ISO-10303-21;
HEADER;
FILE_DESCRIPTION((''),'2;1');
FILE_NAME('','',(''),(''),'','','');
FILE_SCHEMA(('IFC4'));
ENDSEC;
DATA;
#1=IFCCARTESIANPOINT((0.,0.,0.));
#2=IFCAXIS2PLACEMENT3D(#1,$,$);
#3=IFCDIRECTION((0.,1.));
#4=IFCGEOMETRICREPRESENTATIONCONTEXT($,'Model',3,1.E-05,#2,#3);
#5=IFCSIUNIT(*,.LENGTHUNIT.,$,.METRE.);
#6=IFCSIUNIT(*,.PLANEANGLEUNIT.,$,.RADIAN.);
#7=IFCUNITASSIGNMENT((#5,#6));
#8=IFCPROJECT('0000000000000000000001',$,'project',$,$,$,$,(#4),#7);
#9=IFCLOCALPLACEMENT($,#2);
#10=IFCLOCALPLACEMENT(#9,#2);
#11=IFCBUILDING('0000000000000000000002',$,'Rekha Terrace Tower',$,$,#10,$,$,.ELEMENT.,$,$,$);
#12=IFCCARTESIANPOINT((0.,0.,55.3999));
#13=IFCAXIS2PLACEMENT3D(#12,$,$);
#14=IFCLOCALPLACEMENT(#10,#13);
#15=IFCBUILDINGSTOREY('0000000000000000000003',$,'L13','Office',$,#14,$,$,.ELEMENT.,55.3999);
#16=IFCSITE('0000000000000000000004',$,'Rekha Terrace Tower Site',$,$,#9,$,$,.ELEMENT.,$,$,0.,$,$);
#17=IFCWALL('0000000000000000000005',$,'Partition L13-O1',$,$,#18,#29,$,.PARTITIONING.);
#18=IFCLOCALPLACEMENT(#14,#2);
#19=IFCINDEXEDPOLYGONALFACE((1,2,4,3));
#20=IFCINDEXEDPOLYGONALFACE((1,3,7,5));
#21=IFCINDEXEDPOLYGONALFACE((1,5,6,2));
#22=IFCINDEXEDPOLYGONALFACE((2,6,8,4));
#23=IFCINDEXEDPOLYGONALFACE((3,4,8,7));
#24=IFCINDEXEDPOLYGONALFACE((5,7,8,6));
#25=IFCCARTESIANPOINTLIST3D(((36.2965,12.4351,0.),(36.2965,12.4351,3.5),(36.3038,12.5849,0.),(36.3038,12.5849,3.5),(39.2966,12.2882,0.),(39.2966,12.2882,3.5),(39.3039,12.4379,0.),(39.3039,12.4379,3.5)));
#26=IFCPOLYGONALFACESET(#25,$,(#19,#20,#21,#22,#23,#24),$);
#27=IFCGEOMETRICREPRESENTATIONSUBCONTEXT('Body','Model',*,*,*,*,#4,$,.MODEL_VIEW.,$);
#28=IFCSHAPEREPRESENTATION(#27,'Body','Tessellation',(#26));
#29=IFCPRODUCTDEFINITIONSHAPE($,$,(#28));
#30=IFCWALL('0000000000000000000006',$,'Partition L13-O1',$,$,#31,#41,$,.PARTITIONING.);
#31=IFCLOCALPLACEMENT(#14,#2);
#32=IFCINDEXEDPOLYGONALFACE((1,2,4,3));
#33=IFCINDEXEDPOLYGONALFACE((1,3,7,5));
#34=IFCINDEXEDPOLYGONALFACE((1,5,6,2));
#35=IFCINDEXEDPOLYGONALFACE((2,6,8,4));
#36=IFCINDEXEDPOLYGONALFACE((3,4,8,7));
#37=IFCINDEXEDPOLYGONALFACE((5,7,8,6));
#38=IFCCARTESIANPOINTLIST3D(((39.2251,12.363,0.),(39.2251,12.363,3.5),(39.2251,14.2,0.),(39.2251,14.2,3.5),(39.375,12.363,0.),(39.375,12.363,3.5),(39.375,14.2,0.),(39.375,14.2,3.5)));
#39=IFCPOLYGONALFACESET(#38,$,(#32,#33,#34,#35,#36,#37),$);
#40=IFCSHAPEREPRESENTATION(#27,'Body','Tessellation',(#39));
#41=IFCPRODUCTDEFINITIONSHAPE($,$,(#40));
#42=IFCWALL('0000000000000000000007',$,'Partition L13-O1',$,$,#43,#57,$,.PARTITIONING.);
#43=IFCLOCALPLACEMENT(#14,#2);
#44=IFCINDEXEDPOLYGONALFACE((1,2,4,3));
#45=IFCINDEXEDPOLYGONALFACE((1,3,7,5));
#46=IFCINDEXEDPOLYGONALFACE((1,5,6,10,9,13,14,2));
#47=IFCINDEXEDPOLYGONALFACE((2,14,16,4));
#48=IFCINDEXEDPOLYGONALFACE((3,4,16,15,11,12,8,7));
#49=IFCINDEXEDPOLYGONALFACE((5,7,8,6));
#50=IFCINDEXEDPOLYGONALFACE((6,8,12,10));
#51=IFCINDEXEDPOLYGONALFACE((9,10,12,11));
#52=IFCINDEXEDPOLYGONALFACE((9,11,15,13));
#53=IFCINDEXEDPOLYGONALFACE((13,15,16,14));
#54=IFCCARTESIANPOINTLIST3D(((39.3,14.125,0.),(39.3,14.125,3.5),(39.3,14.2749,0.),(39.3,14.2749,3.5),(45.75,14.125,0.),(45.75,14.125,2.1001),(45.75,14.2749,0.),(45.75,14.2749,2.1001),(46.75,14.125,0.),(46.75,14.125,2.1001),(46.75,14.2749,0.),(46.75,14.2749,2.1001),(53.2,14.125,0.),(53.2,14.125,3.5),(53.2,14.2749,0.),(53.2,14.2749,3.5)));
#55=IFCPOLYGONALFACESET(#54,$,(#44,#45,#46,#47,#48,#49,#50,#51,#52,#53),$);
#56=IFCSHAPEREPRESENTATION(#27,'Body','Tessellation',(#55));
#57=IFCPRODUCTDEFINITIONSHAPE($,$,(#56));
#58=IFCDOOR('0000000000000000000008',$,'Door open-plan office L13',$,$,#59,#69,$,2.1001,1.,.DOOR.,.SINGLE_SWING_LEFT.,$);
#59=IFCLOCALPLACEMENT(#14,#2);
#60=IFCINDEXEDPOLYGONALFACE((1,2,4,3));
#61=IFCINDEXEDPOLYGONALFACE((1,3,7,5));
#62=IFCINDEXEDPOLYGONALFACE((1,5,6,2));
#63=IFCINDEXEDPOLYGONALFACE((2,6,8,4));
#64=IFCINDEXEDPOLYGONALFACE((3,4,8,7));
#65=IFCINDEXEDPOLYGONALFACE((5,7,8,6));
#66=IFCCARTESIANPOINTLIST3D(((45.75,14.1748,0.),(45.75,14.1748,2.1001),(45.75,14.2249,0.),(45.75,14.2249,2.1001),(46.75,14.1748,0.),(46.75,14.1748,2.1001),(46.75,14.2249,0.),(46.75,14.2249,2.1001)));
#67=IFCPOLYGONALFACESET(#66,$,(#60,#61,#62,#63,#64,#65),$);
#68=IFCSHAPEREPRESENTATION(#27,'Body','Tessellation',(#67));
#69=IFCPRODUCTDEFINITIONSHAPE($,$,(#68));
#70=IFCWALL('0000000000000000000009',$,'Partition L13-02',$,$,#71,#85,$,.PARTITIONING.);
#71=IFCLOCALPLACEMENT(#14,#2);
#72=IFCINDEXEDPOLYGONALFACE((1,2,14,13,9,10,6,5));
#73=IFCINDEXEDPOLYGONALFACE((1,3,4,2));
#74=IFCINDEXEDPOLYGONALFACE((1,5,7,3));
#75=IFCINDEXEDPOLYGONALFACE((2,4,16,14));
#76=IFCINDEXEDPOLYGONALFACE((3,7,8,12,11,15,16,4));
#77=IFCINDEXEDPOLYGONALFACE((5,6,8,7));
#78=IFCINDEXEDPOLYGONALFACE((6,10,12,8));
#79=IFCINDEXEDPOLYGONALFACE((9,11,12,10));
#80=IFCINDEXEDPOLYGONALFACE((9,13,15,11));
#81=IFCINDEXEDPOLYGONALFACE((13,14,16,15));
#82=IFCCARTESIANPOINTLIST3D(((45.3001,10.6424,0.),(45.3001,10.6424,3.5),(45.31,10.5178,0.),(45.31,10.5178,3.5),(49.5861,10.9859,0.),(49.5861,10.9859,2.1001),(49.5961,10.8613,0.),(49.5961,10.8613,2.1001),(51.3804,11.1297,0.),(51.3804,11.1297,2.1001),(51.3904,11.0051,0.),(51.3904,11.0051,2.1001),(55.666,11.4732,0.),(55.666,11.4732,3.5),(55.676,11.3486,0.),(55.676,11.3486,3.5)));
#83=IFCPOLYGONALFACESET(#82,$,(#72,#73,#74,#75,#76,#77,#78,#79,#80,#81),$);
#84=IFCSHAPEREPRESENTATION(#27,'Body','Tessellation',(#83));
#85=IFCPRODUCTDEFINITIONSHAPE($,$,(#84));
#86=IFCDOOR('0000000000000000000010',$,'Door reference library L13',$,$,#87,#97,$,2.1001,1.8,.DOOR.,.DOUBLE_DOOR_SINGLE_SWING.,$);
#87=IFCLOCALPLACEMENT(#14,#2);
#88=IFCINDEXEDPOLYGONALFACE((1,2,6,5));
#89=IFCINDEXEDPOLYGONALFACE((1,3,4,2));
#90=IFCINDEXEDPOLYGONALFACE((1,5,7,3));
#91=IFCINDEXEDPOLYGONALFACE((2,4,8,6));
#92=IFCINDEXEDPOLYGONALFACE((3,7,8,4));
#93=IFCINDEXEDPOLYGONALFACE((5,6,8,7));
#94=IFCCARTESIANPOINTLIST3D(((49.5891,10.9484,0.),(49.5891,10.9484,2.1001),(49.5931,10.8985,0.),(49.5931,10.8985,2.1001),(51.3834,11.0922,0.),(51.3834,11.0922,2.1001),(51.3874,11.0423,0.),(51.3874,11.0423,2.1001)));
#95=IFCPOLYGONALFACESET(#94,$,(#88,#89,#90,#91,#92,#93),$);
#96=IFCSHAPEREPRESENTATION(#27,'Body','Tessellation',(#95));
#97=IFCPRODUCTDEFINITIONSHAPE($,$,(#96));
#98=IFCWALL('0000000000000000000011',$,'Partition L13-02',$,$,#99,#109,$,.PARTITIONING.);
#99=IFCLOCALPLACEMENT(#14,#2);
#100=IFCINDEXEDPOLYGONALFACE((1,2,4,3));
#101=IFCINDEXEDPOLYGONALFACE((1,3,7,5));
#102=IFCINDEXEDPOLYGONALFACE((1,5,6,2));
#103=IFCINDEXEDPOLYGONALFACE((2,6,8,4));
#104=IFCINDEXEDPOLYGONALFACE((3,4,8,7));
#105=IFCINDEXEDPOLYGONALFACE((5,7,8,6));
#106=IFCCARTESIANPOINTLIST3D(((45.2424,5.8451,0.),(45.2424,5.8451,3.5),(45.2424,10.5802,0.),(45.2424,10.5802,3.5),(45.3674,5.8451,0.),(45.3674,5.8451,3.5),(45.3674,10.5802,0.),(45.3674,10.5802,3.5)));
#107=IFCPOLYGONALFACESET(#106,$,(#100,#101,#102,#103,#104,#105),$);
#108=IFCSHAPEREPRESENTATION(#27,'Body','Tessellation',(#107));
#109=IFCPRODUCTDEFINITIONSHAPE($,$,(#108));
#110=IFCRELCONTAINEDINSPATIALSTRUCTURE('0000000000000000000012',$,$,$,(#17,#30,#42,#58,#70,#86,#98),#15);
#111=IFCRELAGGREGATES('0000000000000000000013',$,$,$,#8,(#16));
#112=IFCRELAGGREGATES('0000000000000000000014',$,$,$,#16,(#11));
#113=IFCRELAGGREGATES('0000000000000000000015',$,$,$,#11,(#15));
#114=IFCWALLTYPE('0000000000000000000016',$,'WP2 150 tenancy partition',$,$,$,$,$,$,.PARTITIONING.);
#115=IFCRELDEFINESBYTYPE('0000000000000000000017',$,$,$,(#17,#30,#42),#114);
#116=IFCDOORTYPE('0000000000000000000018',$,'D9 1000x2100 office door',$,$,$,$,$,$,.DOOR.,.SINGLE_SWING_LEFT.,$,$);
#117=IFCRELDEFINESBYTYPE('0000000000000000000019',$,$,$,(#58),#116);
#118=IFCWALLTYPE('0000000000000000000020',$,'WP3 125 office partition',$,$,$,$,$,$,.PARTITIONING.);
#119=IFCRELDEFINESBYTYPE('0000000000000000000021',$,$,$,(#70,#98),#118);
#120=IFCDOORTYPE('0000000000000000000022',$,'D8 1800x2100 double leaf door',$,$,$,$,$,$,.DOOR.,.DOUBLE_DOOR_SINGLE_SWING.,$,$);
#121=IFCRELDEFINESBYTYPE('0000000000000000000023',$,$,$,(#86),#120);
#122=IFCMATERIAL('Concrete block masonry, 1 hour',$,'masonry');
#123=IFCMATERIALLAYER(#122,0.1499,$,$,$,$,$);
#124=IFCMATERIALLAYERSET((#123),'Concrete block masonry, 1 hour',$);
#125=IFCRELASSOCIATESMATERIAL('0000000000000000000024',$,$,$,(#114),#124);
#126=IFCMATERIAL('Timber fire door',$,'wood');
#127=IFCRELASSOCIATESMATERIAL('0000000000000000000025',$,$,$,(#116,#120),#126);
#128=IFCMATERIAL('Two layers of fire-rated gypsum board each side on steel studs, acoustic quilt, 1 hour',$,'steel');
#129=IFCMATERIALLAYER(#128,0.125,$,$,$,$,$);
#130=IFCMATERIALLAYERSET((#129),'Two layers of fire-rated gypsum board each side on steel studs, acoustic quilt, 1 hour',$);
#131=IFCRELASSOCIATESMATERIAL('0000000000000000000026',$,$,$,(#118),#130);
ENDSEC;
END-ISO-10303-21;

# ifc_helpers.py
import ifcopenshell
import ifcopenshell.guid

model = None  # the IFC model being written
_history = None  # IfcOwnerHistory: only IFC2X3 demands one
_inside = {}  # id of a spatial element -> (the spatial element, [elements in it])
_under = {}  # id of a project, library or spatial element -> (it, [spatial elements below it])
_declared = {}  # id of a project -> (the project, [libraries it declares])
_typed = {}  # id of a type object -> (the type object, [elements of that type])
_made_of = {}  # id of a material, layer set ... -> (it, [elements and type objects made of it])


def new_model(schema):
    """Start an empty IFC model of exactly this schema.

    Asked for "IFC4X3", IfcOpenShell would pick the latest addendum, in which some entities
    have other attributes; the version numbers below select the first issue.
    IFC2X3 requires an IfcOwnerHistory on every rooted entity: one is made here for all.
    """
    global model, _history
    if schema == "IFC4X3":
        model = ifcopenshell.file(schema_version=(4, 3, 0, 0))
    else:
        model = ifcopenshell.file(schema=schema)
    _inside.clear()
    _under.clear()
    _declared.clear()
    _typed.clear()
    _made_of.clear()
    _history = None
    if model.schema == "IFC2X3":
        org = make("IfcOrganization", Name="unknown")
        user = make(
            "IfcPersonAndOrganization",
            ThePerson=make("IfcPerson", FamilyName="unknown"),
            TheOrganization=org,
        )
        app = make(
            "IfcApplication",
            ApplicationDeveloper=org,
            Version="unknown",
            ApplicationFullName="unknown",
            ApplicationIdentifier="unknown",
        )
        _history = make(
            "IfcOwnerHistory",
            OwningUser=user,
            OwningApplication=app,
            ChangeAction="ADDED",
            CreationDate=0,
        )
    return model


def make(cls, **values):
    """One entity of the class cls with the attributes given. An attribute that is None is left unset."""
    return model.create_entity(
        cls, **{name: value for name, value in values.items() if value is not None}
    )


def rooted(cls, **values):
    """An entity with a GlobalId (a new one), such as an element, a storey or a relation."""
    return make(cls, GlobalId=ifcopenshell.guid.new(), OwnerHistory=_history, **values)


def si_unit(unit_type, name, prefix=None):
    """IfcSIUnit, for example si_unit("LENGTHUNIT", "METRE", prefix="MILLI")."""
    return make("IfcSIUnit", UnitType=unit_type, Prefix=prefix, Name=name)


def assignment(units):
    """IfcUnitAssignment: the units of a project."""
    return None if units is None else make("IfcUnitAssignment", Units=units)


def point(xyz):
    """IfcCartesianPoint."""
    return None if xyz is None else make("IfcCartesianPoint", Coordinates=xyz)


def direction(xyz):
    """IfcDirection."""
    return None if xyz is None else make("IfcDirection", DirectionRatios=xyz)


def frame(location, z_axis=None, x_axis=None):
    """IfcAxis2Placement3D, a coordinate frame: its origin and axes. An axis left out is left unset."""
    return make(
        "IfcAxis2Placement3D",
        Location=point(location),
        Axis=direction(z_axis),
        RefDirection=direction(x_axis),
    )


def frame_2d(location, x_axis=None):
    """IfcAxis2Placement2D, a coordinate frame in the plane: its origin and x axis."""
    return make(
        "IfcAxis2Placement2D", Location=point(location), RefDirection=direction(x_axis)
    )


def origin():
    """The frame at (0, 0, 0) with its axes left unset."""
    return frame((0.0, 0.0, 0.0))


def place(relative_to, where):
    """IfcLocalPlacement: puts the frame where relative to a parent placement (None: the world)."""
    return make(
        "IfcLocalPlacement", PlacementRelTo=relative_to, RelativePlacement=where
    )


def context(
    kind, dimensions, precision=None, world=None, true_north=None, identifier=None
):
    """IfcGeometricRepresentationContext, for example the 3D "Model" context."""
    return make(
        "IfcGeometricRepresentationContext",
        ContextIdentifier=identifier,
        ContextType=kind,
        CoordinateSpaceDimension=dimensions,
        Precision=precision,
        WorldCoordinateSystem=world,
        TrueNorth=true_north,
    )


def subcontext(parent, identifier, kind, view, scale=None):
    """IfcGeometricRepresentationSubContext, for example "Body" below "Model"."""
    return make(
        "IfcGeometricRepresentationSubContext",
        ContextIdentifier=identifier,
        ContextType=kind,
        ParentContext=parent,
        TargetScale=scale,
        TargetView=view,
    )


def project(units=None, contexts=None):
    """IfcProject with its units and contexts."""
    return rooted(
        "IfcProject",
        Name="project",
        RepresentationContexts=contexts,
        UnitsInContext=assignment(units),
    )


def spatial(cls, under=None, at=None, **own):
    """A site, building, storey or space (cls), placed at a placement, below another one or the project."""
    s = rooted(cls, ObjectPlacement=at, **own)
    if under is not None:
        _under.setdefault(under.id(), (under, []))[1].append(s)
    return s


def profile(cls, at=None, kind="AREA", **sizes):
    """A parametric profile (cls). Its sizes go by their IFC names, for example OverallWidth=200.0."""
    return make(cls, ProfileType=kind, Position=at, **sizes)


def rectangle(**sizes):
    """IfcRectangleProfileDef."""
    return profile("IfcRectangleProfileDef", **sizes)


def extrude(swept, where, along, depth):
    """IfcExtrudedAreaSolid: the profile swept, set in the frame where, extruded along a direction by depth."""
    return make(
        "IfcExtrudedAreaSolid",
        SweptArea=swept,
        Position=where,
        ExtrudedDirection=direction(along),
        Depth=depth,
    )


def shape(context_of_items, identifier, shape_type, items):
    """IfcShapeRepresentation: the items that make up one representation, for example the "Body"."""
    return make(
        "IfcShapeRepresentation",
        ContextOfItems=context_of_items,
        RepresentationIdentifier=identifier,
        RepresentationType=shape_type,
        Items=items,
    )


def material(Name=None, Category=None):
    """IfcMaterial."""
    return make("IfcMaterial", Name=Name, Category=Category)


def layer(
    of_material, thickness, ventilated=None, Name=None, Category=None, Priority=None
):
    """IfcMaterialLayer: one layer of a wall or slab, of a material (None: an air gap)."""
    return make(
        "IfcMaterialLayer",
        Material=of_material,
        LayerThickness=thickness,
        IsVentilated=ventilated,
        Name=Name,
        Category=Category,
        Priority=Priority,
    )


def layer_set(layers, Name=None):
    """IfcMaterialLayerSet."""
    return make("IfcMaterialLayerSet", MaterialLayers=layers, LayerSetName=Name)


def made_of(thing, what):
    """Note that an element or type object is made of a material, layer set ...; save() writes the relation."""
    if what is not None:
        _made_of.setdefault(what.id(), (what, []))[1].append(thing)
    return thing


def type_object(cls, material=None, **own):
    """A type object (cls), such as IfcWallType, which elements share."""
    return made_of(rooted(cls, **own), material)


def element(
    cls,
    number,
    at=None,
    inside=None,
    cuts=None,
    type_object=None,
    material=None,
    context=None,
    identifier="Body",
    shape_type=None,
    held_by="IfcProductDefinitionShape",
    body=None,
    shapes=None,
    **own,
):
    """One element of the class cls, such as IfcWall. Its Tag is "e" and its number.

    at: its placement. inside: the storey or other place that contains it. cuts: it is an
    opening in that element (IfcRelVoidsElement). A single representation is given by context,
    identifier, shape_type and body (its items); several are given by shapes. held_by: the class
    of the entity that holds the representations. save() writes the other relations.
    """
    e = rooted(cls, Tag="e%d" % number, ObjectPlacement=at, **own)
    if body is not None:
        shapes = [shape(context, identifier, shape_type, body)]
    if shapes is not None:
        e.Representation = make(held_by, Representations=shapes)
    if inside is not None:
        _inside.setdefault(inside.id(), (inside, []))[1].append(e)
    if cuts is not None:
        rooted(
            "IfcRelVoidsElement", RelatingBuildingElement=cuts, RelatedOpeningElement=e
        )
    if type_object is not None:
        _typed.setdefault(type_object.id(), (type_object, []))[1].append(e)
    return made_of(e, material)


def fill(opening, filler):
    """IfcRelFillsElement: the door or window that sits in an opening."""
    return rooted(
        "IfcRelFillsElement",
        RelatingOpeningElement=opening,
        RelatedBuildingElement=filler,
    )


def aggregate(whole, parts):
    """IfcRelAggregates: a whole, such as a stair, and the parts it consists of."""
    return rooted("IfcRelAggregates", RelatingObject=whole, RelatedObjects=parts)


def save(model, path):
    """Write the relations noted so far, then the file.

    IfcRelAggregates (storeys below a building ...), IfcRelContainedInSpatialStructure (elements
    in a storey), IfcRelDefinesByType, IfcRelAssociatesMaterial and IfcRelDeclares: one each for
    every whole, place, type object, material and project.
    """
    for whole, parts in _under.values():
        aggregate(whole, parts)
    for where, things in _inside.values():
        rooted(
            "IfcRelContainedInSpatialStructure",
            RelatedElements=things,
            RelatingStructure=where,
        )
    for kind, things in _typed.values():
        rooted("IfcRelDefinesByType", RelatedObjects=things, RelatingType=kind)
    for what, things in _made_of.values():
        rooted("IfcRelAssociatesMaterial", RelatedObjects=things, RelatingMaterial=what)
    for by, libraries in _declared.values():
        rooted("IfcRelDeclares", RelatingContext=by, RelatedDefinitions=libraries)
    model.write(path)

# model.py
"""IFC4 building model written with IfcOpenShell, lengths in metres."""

from ifc_helpers import new_model, si_unit, direction, frame, frame_2d, origin, place, context, subcontext, project, spatial, rectangle, extrude, material, layer, layer_set, type_object, element, fill, save


model = new_model("IFC4")

# Units and contexts
model_context = context("Model", 3, precision=1e-05, world=origin(), true_north=direction((0.0, 1.0)))
body_context = subcontext(model_context, "Body", "Model", "MODEL_VIEW")
ifc_project = project(units=[si_unit("LENGTHUNIT", "METRE"), si_unit("PLANEANGLEUNIT", "RADIAN")], contexts=[model_context])

# Site, building, storey
site_placement = place(None, origin())
site = spatial("IfcSite", under=ifc_project, at=site_placement, Name="Rekha Terrace Tower Site", CompositionType="ELEMENT", RefElevation=0.0)
building_placement = place(site_placement, origin())
building = spatial("IfcBuilding", under=site, at=building_placement, Name="Rekha Terrace Tower", CompositionType="ELEMENT")
storey_placement = place(building_placement, frame((0.0, 0.0, 55.3999)))
storey = spatial("IfcBuildingStorey", under=building, at=storey_placement, Name="L13", Description="Office", CompositionType="ELEMENT", Elevation=55.3999)

# Shared definitions
ifc_material_1 = material(Name="Concrete block masonry, 1 hour", Category="masonry")
ifc_layer_1 = layer(ifc_material_1, 0.1499)
ifc_layer_set_1 = layer_set([ifc_layer_1], Name="Concrete block masonry, 1 hour")
wall_type_1 = type_object("IfcWallType", Name="WP2 150 tenancy partition", PredefinedType="PARTITIONING", material=ifc_layer_set_1)

# Walls
wall_1_placement = place(storey_placement, frame((36.3, 12.51, 0.0), z_axis=(0.0, 0.0, 1.0), x_axis=(0.998802, -0.048932, 0.0)))
element("IfcWall", 1, at=wall_1_placement, inside=storey, type_object=wall_type_1, Name="Partition L13-O1", PredefinedType="PARTITIONING", context=body_context, shape_type="SweptSolid", body=[
    extrude(rectangle(XDim=3.0037, YDim=0.1499, at=frame_2d((1.502, 0.0))), origin(), (0.0, 0.0, 1.0), 3.5),
])
wall_2_placement = place(storey_placement, frame((39.3, 12.363, 0.0), z_axis=(0.0, 0.0, 1.0), x_axis=(0.0, 1.0, 0.0)))
element("IfcWall", 2, at=wall_2_placement, inside=storey, type_object=wall_type_1, Name="Partition L13-O1", PredefinedType="PARTITIONING", context=body_context, shape_type="SweptSolid", body=[
    extrude(rectangle(XDim=1.8369, YDim=0.1499, at=frame_2d((0.9185, 0.0))), origin(), (0.0, 0.0, 1.0), 3.5),
])

# Walls, openings, doors
wall_3_placement = place(storey_placement, frame((39.3, 14.2, 0.0), z_axis=(0.0, 0.0, 1.0), x_axis=(1.0, 0.0, 0.0)))
wall_3 = element("IfcWall", 3, at=wall_3_placement, inside=storey, type_object=wall_type_1, Name="Partition L13-O1", PredefinedType="PARTITIONING", context=body_context, shape_type="SweptSolid", body=[
    extrude(rectangle(XDim=13.8999, YDim=0.1499, at=frame_2d((6.95, 0.0))), origin(), (0.0, 0.0, 1.0), 3.5),
])
opening_1_placement = place(wall_3_placement, frame((6.45, 0.0, 0.0)))
opening_1 = element("IfcOpeningElement", 4, at=opening_1_placement, cuts=wall_3, PredefinedType="OPENING", context=body_context, shape_type="SweptSolid", body=[
    extrude(rectangle(XDim=1.0, YDim=2.1001, at=frame_2d((0.5, 1.05))), frame((0.0, 0.085, 0.0), z_axis=(0.0, -1.0, 0.0), x_axis=(1.0, 0.0, 0.0)), (0.0, 0.0, 1.0), 0.1699),
])
ifc_material_2 = material(Name="Timber fire door", Category="wood")
door_type_1 = type_object("IfcDoorType", Name="D9 1000x2100 office door", OperationType="SINGLE_SWING_LEFT", PredefinedType="DOOR", material=ifc_material_2)
door_1_placement = place(opening_1_placement, origin())
door_1 = element("IfcDoor", 5, at=door_1_placement, inside=storey, type_object=door_type_1, Name="Door open-plan office L13", OperationType="SINGLE_SWING_LEFT", OverallHeight=2.1001, OverallWidth=1.0, PredefinedType="DOOR", context=body_context, shape_type="SweptSolid", body=[
    extrude(rectangle(XDim=1.0, YDim=2.1001, at=frame_2d((0.5, 1.05))), frame((0.0, 0.0249, 0.0), z_axis=(0.0, -1.0, 0.0), x_axis=(1.0, 0.0, 0.0)), (0.0, 0.0, 1.0), 0.05),
])
fill(opening_1, door_1)
ifc_material_3 = material(Name="Two layers of fire-rated gypsum board each side on steel studs, acoustic quilt, 1 hour", Category="steel")
ifc_layer_2 = layer(ifc_material_3, 0.125)
ifc_layer_set_2 = layer_set([ifc_layer_2], Name="Two layers of fire-rated gypsum board each side on steel studs, acoustic quilt, 1 hour")
wall_type_2 = type_object("IfcWallType", Name="WP3 125 office partition", PredefinedType="PARTITIONING", material=ifc_layer_set_2)
wall_4_placement = place(storey_placement, frame((45.3049, 10.5801, 0.0), z_axis=(0.0, 0.0, 1.0), x_axis=(0.996804, 0.079892, 0.0)))
wall_4 = element("IfcWall", 6, at=wall_4_placement, inside=storey, type_object=wall_type_2, Name="Partition L13-02", PredefinedType="PARTITIONING", context=body_context, shape_type="SweptSolid", body=[
    extrude(rectangle(XDim=10.3992, YDim=0.125, at=frame_2d((5.1997, 0.0))), origin(), (0.0, 0.0, 1.0), 3.5),
])
opening_2_placement = place(wall_4_placement, frame((4.3, 0.0, 0.0)))
opening_2 = element("IfcOpeningElement", 7, at=opening_2_placement, cuts=wall_4, PredefinedType="OPENING", context=body_context, shape_type="SweptSolid", body=[
    extrude(rectangle(XDim=1.8, YDim=2.1001, at=frame_2d((0.8999, 1.05))), frame((0.0, 0.0725, 0.0), z_axis=(0.0, -1.0, 0.0), x_axis=(1.0, 0.0, 0.0)), (0.0, 0.0, 1.0), 0.145),
])
door_type_2 = type_object("IfcDoorType", Name="D8 1800x2100 double leaf door", OperationType="DOUBLE_DOOR_SINGLE_SWING", PredefinedType="DOOR", material=ifc_material_2)
door_2_placement = place(opening_2_placement, origin())
door_2 = element("IfcDoor", 8, at=door_2_placement, inside=storey, type_object=door_type_2, Name="Door reference library L13", OperationType="DOUBLE_DOOR_SINGLE_SWING", OverallHeight=2.1001, OverallWidth=1.8, PredefinedType="DOOR", context=body_context, shape_type="SweptSolid", body=[
    extrude(rectangle(XDim=1.8, YDim=2.1001, at=frame_2d((0.8999, 1.05))), frame((0.0, 0.0249, 0.0), z_axis=(0.0, -1.0, 0.0), x_axis=(1.0, 0.0, 0.0)), (0.0, 0.0, 1.0), 0.05),
])
fill(opening_2, door_2)

# Wall
wall_5_placement = place(storey_placement, frame((45.3049, 5.845, 0.0), z_axis=(0.0, 0.0, 1.0), x_axis=(0.0, 1.0, 0.0)))
element("IfcWall", 9, at=wall_5_placement, inside=storey, type_object=wall_type_2, Name="Partition L13-02", PredefinedType="PARTITIONING", context=body_context, shape_type="SweptSolid", body=[
    extrude(rectangle(XDim=4.7351, YDim=0.125, at=frame_2d((2.3677, 0.0))), origin(), (0.0, 0.0, 1.0), 3.5),
])

save(model, "model.ifc")
